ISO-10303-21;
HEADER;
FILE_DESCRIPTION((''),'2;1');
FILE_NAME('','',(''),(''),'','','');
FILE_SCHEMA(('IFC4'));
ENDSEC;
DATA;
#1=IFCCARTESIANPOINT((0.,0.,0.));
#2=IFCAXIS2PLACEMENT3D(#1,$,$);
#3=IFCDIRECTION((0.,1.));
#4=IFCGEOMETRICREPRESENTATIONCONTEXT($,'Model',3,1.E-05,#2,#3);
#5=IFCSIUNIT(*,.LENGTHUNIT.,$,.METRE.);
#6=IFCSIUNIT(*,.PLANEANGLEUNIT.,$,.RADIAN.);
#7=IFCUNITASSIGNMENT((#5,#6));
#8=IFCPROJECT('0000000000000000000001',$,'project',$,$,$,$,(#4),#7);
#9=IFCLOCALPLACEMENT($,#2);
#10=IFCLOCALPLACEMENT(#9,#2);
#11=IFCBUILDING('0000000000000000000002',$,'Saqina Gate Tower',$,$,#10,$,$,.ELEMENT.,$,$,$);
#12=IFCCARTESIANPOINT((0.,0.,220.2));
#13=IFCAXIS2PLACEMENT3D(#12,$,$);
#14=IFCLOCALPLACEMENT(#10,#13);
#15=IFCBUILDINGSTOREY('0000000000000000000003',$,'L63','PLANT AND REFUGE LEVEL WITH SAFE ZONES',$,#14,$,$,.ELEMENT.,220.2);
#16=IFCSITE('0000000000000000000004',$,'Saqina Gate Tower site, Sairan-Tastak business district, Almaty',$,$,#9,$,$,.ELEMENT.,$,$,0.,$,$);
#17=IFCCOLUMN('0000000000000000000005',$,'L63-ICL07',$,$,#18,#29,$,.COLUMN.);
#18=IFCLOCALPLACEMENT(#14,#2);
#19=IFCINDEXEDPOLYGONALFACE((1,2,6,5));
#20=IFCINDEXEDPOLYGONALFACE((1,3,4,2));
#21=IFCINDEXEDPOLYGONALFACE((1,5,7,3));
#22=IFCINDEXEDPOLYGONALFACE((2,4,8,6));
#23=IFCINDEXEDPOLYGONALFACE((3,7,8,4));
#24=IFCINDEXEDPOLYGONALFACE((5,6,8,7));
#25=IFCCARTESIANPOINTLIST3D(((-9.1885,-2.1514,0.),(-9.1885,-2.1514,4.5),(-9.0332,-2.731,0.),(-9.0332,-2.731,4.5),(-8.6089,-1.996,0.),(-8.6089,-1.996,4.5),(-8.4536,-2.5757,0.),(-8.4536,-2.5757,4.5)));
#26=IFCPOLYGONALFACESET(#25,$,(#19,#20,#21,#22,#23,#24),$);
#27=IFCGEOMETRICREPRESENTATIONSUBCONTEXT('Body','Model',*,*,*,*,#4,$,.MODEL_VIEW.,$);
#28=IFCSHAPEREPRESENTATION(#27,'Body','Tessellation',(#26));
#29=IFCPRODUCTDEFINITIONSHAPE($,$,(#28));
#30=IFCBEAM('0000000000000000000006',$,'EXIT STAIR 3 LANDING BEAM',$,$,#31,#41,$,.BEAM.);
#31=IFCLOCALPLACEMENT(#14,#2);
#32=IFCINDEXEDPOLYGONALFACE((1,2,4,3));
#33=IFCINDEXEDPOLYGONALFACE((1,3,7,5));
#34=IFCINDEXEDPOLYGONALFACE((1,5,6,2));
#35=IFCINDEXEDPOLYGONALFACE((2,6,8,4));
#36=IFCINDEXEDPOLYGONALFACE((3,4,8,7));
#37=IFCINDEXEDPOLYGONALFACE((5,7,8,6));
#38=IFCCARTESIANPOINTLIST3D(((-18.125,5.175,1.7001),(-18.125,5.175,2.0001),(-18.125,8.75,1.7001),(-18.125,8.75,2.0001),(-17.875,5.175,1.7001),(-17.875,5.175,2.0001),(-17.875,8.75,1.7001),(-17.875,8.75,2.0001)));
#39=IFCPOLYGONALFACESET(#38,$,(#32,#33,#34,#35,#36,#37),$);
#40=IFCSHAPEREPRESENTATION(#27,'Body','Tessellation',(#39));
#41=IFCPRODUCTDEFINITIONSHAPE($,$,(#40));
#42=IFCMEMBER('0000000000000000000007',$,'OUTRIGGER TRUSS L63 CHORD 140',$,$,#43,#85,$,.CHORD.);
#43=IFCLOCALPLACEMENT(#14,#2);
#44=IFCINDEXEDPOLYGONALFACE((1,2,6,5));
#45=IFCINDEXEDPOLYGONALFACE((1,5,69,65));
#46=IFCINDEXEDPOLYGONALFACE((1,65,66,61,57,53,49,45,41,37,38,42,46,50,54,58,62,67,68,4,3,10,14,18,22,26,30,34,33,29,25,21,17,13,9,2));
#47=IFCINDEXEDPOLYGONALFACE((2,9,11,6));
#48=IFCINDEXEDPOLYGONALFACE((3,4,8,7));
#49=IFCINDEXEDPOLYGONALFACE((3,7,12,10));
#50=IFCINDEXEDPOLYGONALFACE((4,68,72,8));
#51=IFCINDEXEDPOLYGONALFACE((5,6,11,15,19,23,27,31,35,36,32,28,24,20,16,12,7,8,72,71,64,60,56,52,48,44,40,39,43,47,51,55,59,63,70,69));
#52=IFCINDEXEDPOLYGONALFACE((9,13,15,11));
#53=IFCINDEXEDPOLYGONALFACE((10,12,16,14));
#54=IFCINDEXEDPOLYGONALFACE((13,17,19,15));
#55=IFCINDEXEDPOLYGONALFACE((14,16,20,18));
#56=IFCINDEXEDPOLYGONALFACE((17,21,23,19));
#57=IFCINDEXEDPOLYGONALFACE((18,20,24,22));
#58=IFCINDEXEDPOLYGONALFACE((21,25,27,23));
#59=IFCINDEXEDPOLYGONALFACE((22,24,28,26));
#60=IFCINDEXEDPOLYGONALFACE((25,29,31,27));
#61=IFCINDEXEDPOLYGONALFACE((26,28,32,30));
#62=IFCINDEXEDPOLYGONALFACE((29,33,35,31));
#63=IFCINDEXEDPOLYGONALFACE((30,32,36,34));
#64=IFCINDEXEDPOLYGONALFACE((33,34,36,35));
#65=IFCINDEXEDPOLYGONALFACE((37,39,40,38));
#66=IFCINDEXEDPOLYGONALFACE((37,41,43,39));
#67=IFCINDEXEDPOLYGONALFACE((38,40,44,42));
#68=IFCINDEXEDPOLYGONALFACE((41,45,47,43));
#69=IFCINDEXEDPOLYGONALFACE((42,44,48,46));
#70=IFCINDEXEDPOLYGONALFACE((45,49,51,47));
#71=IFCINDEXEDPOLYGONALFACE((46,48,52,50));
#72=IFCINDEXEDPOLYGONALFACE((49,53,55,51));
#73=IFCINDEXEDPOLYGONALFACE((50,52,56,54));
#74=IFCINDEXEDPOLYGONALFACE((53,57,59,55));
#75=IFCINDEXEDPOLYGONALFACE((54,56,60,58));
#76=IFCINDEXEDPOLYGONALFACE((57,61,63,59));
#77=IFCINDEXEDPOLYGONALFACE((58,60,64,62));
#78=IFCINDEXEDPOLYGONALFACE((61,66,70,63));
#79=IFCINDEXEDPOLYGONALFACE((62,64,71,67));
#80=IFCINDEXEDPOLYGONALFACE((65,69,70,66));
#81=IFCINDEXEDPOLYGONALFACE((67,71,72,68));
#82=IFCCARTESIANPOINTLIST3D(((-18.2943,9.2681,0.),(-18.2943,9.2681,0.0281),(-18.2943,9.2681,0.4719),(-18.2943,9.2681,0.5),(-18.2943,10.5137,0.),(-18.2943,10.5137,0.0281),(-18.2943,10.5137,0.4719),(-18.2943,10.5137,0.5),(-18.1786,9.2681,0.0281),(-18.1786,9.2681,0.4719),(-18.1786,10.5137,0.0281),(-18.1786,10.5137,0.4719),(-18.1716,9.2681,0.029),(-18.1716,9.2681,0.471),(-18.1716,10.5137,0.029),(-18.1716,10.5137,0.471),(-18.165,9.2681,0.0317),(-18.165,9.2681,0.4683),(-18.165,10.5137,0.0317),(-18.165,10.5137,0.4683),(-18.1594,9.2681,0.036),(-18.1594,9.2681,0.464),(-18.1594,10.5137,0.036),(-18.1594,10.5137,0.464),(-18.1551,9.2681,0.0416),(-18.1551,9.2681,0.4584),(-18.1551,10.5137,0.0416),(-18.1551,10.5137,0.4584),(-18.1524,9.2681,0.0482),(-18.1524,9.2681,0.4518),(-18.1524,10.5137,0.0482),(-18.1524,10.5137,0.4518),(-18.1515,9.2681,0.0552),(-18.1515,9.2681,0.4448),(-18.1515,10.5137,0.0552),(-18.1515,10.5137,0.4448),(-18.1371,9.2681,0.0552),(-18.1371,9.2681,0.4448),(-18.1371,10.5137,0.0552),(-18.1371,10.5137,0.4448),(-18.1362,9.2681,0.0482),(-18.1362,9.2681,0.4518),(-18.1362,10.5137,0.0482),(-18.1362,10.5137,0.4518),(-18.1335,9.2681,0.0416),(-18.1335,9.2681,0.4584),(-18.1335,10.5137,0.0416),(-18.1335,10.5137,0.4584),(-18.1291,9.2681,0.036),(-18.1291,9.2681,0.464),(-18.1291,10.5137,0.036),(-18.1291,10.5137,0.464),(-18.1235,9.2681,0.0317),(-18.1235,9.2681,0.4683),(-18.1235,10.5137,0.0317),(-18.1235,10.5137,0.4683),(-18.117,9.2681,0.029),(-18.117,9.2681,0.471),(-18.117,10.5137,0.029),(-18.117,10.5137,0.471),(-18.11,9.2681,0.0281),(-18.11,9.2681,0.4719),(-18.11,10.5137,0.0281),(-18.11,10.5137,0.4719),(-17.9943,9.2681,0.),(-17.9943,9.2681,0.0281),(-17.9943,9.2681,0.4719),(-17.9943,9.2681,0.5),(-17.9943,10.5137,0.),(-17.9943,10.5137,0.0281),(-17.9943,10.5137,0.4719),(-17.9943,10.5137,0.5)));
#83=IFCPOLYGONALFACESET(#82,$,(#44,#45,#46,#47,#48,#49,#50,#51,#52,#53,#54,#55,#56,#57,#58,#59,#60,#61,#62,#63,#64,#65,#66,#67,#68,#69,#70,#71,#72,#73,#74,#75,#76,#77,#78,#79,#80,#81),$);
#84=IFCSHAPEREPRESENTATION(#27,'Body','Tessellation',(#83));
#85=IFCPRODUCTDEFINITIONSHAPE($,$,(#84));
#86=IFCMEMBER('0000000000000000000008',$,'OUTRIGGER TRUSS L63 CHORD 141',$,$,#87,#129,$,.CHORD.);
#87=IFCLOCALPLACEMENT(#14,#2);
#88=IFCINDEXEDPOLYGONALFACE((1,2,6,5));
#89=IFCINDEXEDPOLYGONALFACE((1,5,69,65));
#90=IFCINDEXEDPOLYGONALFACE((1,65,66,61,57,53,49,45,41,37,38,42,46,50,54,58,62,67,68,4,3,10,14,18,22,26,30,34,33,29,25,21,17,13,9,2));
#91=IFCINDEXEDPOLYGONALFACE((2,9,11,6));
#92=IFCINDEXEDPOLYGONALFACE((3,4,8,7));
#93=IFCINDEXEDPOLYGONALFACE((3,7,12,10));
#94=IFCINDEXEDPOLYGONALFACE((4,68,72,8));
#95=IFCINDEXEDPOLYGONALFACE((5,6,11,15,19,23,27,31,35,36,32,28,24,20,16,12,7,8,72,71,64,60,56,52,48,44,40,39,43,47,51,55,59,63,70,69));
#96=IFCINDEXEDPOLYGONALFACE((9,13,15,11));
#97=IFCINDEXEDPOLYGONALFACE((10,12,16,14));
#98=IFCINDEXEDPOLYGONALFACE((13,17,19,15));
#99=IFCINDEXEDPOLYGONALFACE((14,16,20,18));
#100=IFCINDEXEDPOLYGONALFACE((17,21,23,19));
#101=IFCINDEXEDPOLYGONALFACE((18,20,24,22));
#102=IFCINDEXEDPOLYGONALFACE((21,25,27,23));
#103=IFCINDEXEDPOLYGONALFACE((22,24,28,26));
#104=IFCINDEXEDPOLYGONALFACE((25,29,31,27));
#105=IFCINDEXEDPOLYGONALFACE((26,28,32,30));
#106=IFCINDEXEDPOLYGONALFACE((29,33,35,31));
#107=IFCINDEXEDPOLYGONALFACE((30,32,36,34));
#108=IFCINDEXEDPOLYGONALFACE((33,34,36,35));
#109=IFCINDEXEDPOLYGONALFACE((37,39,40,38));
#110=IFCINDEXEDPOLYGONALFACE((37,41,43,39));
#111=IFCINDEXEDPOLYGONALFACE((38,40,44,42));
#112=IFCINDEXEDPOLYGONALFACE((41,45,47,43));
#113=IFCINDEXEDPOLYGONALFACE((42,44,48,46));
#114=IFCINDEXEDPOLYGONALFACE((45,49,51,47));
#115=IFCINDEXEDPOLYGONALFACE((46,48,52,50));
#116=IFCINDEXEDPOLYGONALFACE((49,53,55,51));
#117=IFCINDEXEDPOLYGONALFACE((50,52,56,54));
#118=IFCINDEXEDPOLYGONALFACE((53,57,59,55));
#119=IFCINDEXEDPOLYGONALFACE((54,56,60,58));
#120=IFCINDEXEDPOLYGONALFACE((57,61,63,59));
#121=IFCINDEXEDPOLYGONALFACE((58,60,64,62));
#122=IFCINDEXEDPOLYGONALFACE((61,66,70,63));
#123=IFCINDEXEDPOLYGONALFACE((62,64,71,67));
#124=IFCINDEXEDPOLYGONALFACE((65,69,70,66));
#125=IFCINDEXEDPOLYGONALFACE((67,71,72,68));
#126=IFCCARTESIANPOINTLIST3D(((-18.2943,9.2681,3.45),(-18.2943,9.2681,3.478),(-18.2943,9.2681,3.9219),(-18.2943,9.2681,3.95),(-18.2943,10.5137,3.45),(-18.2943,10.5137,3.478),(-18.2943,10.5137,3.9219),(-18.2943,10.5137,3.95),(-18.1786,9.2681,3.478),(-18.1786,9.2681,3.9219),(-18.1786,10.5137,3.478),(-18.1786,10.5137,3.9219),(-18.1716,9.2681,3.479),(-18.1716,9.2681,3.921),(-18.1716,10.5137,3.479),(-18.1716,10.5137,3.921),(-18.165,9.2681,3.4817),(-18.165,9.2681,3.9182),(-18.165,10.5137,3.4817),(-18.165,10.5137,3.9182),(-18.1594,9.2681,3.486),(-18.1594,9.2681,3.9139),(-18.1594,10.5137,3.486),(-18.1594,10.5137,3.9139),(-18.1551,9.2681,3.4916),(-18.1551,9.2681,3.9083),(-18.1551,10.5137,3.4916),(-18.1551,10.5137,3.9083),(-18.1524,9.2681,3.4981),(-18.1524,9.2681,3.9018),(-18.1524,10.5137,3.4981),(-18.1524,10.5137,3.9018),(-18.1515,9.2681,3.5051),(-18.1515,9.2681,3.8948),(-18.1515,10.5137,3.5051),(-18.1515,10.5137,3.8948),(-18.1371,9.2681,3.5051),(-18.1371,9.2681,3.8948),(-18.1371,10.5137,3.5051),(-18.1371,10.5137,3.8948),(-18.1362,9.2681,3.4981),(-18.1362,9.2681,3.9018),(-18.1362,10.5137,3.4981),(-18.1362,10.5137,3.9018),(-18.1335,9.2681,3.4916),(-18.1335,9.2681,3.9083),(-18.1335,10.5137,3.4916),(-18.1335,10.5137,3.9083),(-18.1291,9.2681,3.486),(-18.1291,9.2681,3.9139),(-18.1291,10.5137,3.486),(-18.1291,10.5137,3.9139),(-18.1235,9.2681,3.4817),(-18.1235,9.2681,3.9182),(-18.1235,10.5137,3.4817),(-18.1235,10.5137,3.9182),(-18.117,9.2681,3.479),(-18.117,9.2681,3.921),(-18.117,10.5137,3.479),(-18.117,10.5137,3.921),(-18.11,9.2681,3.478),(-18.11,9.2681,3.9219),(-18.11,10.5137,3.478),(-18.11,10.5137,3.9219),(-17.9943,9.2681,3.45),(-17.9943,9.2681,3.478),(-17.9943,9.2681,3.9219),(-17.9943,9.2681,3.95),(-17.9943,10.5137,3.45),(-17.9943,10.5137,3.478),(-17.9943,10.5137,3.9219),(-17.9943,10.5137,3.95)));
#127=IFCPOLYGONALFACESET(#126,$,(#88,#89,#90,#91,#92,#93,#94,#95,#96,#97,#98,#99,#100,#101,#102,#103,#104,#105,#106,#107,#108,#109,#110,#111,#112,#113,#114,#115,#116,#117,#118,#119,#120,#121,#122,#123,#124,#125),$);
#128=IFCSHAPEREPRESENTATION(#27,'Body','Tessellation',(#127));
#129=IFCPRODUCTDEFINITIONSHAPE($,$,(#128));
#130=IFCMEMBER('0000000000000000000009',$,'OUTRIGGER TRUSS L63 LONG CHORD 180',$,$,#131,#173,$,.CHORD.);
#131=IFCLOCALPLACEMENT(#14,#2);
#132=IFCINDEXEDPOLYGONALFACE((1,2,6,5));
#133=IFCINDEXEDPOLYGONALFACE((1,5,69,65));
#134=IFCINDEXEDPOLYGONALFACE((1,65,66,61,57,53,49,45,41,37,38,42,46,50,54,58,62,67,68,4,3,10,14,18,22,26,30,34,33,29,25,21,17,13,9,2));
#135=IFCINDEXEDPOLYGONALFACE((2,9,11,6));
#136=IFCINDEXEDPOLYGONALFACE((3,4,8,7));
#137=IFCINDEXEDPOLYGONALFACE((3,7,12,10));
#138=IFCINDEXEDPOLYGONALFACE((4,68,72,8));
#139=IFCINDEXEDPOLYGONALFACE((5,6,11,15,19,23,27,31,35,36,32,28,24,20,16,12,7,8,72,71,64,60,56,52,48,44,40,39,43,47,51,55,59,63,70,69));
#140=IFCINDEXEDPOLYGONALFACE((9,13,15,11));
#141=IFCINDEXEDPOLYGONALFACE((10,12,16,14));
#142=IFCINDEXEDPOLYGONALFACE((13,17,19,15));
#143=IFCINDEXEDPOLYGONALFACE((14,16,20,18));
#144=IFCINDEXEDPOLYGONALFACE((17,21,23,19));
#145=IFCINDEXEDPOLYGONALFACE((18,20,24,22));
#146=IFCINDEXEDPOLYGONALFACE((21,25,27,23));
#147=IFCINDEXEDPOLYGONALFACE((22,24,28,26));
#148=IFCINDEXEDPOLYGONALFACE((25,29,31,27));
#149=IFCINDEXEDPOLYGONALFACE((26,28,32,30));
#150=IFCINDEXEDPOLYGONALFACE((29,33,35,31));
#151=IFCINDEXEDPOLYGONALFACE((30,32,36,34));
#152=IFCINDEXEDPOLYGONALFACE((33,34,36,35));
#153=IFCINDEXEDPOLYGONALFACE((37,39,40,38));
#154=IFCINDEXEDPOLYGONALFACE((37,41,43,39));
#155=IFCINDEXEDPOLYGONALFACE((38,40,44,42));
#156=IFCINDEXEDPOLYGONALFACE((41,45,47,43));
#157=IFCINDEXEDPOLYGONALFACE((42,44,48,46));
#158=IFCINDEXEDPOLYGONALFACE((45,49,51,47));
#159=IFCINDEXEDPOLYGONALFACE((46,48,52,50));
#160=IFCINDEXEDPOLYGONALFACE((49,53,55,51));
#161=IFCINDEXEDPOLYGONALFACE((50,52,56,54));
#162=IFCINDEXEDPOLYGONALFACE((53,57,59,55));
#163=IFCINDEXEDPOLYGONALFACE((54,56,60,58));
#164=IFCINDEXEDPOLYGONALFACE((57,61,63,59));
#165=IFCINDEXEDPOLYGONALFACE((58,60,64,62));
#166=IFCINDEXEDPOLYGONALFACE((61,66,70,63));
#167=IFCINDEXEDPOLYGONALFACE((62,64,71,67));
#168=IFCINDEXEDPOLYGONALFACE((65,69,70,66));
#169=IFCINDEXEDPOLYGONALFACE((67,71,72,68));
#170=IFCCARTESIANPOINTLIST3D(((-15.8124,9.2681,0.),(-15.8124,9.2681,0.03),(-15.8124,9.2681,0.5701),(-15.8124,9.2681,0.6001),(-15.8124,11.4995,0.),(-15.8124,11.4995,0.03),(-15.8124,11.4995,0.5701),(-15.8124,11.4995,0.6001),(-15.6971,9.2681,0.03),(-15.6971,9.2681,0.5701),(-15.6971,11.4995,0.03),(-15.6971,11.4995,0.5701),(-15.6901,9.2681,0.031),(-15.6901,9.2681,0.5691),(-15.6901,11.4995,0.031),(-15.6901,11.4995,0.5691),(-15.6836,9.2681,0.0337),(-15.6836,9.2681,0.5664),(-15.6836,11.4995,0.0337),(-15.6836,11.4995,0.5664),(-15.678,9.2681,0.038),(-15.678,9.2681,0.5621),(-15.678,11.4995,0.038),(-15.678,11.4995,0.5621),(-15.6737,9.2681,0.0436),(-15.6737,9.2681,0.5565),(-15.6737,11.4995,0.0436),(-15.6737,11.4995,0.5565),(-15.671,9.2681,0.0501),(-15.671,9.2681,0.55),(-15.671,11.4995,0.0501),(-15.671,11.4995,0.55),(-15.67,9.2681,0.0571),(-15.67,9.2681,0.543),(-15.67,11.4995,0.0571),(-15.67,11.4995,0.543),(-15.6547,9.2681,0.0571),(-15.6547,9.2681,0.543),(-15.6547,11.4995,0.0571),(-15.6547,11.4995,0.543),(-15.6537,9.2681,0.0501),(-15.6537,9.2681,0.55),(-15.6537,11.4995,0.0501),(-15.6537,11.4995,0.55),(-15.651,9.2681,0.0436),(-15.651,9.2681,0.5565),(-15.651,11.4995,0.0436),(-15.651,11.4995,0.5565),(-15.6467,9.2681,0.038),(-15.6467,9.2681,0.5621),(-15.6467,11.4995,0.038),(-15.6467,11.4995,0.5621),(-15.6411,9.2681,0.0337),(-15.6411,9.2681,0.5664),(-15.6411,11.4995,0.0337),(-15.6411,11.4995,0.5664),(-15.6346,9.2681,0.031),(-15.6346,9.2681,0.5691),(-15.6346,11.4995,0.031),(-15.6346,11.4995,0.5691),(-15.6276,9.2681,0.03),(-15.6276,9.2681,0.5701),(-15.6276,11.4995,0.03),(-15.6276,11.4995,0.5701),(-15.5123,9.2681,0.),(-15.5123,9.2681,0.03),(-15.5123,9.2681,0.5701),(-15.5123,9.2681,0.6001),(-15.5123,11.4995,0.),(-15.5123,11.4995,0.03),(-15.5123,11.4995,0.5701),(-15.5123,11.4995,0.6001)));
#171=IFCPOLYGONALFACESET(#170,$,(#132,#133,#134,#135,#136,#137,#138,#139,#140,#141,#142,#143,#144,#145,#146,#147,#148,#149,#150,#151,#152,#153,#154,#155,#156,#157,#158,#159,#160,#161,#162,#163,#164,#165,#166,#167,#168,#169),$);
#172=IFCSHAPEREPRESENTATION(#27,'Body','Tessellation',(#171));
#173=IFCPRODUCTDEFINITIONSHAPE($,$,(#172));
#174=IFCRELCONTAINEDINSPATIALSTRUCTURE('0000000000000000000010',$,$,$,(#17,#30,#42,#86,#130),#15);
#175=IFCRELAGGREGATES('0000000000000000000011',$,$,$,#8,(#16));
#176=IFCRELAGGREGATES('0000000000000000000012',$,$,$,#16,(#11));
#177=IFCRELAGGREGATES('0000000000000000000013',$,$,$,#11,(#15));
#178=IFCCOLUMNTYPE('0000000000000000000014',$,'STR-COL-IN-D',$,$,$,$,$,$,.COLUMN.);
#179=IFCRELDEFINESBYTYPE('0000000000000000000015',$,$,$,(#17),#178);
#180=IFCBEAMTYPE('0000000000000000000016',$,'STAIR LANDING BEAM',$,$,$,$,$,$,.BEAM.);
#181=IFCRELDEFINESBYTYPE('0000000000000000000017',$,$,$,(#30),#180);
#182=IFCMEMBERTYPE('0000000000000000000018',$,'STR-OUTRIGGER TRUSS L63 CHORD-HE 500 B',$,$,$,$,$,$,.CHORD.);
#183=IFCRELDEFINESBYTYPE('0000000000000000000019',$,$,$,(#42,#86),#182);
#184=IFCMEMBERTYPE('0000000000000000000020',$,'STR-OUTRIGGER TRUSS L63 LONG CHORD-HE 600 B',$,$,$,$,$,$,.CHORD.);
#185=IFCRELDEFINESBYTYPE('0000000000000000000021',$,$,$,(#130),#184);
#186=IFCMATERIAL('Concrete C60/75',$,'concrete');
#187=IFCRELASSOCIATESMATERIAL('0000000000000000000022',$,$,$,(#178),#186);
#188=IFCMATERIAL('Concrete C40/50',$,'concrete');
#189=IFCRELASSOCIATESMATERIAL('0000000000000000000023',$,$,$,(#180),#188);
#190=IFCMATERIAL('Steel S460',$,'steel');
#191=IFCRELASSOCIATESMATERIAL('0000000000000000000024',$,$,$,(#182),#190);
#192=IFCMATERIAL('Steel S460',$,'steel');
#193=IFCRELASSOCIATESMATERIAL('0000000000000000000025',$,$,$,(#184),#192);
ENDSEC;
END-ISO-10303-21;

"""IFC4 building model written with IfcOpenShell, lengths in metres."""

from ifc_helpers import new_model, si_unit, direction, frame, origin, origin_2d, place, context, subcontext, project, spatial, rectangle, i_section, extrude, material, material_profile, profile_set, type_object, element, save


model = new_model("IFC4")

# Units and contexts
model_context = context("Model", 3, precision=1e-05, world=origin(), true_north=direction((0.0, 1.0)))
body_context = subcontext(model_context, "Body", "Model", "MODEL_VIEW")
ifc_project = project(units=[si_unit("LENGTHUNIT", "METRE"), si_unit("PLANEANGLEUNIT", "RADIAN")], contexts=[model_context])

# Site, building, storey
site_placement = place(None, origin())
site = spatial("IfcSite", under=ifc_project, at=site_placement, Name="Saqina Gate Tower site, Sairan-Tastak business district, Almaty", CompositionType="ELEMENT", RefElevation=0.0)
building_placement = place(site_placement, origin())
building = spatial("IfcBuilding", under=site, at=building_placement, Name="Saqina Gate Tower", CompositionType="ELEMENT")
storey_placement = place(building_placement, frame((0.0, 0.0, 220.2)))
storey = spatial("IfcBuildingStorey", under=building, at=storey_placement, Name="L63", Description="PLANT AND REFUGE LEVEL WITH SAFE ZONES", CompositionType="ELEMENT", Elevation=220.2)

# Column
ifc_material_1 = material(Name="Concrete C60/75", Category="concrete")
ifc_material_profile_1 = material_profile(ifc_material_1, rectangle(XDim=0.6001, YDim=0.6001, at=origin_2d()), Name="RC 600x600")
ifc_profile_set_1 = profile_set([ifc_material_profile_1], Name="Concrete C60/75")
column_type = type_object("IfcColumnType", Name="STR-COL-IN-D", PredefinedType="COLUMN", material=ifc_profile_set_1)
column_placement = place(storey_placement, frame((-8.821, -2.3635, 0.0), z_axis=(0.0, 0.0, 1.0), x_axis=(-0.965926, -0.258819, 0.0)))
element("IfcColumn", 1, at=column_placement, inside=storey, type_object=column_type, Name="L63-ICL07", PredefinedType="COLUMN", context=body_context, shape_type="SweptSolid", body=[
    extrude(rectangle(XDim=0.6001, YDim=0.6001, at=origin_2d()), origin(), (0.0, 0.0, 1.0), 4.5),
])

# Beam
ifc_material_2 = material(Name="Concrete C40/50", Category="concrete")
ifc_material_profile_2 = material_profile(ifc_material_2, rectangle(XDim=0.25, YDim=0.3, at=origin_2d()), Name="STAIR LANDING BEAM")
ifc_profile_set_2 = profile_set([ifc_material_profile_2], Name="Concrete C40/50")
beam_type = type_object("IfcBeamType", Name="STAIR LANDING BEAM", PredefinedType="BEAM", material=ifc_profile_set_2)
beam_placement = place(storey_placement, frame((-18.0, 5.175, 1.8501), z_axis=(0.0, 1.0, 0.0), x_axis=(-1.0, 0.0, 0.0)))
element("IfcBeam", 2, at=beam_placement, inside=storey, type_object=beam_type, Name="EXIT STAIR 3 LANDING BEAM", PredefinedType="BEAM", context=body_context, shape_type="SweptSolid", body=[
    extrude(rectangle(XDim=0.25, YDim=0.3, at=origin_2d()), origin(), (0.0, 0.0, 1.0), 3.575),
])

# Members
ifc_material_3 = material(Name="Steel S460", Category="steel")
ifc_material_profile_3 = material_profile(ifc_material_3, i_section(OverallWidth=0.3, OverallDepth=0.5, WebThickness=0.0144, FlangeThickness=0.0281, FilletRadius=0.0271, at=origin_2d()), Name="HE 500 B")
ifc_profile_set_3 = profile_set([ifc_material_profile_3], Name="Steel S460")
member_type_1 = type_object("IfcMemberType", Name="STR-OUTRIGGER TRUSS L63 CHORD-HE 500 B", PredefinedType="CHORD", material=ifc_profile_set_3)
for number, where, z_axis, x_axis, name in (
    (3, (-18.1443, 9.2681, 0.25), (0.0, 1.0, 0.0), (-1.0, 0.0, 0.0), "OUTRIGGER TRUSS L63 CHORD 140"),
    (4, (-18.1443, 9.2681, 3.7), (0.0, 1.0, 0.0), (-1.0, 0.0, 0.0), "OUTRIGGER TRUSS L63 CHORD 141"),
):
    element("IfcMember", number, at=place(storey_placement, frame(where, z_axis=z_axis, x_axis=x_axis)), inside=storey, type_object=member_type_1, Name=name, PredefinedType="CHORD", context=body_context, shape_type="SweptSolid", body=[
        extrude(i_section(OverallWidth=0.3, OverallDepth=0.5, WebThickness=0.0144, FlangeThickness=0.0281, FilletRadius=0.0271, at=origin_2d()), origin(), (0.0, 0.0, 1.0), 1.2456),
    ])
ifc_material_4 = material(Name="Steel S460", Category="steel")
ifc_material_profile_4 = material_profile(ifc_material_4, i_section(OverallWidth=0.3, OverallDepth=0.6001, WebThickness=0.0154, FlangeThickness=0.03, FilletRadius=0.0271, at=origin_2d()), Name="HE 600 B")
ifc_profile_set_4 = profile_set([ifc_material_profile_4], Name="Steel S460")
member_type_2 = type_object("IfcMemberType", Name="STR-OUTRIGGER TRUSS L63 LONG CHORD-HE 600 B", PredefinedType="CHORD", material=ifc_profile_set_4)
for number, where, z_axis, x_axis, name in (
    (5, (-15.6624, 9.2681, 0.3), (0.0, 1.0, 0.0), (-1.0, 0.0, 0.0), "OUTRIGGER TRUSS L63 LONG CHORD 180"),
):
    element("IfcMember", number, at=place(storey_placement, frame(where, z_axis=z_axis, x_axis=x_axis)), inside=storey, type_object=member_type_2, Name=name, PredefinedType="CHORD", context=body_context, shape_type="SweptSolid", body=[
        extrude(i_section(OverallWidth=0.3, OverallDepth=0.6001, WebThickness=0.0154, FlangeThickness=0.03, FilletRadius=0.0271, at=origin_2d()), origin(), (0.0, 0.0, 1.0), 2.2314),
    ])

save(model, "model.ifc")
